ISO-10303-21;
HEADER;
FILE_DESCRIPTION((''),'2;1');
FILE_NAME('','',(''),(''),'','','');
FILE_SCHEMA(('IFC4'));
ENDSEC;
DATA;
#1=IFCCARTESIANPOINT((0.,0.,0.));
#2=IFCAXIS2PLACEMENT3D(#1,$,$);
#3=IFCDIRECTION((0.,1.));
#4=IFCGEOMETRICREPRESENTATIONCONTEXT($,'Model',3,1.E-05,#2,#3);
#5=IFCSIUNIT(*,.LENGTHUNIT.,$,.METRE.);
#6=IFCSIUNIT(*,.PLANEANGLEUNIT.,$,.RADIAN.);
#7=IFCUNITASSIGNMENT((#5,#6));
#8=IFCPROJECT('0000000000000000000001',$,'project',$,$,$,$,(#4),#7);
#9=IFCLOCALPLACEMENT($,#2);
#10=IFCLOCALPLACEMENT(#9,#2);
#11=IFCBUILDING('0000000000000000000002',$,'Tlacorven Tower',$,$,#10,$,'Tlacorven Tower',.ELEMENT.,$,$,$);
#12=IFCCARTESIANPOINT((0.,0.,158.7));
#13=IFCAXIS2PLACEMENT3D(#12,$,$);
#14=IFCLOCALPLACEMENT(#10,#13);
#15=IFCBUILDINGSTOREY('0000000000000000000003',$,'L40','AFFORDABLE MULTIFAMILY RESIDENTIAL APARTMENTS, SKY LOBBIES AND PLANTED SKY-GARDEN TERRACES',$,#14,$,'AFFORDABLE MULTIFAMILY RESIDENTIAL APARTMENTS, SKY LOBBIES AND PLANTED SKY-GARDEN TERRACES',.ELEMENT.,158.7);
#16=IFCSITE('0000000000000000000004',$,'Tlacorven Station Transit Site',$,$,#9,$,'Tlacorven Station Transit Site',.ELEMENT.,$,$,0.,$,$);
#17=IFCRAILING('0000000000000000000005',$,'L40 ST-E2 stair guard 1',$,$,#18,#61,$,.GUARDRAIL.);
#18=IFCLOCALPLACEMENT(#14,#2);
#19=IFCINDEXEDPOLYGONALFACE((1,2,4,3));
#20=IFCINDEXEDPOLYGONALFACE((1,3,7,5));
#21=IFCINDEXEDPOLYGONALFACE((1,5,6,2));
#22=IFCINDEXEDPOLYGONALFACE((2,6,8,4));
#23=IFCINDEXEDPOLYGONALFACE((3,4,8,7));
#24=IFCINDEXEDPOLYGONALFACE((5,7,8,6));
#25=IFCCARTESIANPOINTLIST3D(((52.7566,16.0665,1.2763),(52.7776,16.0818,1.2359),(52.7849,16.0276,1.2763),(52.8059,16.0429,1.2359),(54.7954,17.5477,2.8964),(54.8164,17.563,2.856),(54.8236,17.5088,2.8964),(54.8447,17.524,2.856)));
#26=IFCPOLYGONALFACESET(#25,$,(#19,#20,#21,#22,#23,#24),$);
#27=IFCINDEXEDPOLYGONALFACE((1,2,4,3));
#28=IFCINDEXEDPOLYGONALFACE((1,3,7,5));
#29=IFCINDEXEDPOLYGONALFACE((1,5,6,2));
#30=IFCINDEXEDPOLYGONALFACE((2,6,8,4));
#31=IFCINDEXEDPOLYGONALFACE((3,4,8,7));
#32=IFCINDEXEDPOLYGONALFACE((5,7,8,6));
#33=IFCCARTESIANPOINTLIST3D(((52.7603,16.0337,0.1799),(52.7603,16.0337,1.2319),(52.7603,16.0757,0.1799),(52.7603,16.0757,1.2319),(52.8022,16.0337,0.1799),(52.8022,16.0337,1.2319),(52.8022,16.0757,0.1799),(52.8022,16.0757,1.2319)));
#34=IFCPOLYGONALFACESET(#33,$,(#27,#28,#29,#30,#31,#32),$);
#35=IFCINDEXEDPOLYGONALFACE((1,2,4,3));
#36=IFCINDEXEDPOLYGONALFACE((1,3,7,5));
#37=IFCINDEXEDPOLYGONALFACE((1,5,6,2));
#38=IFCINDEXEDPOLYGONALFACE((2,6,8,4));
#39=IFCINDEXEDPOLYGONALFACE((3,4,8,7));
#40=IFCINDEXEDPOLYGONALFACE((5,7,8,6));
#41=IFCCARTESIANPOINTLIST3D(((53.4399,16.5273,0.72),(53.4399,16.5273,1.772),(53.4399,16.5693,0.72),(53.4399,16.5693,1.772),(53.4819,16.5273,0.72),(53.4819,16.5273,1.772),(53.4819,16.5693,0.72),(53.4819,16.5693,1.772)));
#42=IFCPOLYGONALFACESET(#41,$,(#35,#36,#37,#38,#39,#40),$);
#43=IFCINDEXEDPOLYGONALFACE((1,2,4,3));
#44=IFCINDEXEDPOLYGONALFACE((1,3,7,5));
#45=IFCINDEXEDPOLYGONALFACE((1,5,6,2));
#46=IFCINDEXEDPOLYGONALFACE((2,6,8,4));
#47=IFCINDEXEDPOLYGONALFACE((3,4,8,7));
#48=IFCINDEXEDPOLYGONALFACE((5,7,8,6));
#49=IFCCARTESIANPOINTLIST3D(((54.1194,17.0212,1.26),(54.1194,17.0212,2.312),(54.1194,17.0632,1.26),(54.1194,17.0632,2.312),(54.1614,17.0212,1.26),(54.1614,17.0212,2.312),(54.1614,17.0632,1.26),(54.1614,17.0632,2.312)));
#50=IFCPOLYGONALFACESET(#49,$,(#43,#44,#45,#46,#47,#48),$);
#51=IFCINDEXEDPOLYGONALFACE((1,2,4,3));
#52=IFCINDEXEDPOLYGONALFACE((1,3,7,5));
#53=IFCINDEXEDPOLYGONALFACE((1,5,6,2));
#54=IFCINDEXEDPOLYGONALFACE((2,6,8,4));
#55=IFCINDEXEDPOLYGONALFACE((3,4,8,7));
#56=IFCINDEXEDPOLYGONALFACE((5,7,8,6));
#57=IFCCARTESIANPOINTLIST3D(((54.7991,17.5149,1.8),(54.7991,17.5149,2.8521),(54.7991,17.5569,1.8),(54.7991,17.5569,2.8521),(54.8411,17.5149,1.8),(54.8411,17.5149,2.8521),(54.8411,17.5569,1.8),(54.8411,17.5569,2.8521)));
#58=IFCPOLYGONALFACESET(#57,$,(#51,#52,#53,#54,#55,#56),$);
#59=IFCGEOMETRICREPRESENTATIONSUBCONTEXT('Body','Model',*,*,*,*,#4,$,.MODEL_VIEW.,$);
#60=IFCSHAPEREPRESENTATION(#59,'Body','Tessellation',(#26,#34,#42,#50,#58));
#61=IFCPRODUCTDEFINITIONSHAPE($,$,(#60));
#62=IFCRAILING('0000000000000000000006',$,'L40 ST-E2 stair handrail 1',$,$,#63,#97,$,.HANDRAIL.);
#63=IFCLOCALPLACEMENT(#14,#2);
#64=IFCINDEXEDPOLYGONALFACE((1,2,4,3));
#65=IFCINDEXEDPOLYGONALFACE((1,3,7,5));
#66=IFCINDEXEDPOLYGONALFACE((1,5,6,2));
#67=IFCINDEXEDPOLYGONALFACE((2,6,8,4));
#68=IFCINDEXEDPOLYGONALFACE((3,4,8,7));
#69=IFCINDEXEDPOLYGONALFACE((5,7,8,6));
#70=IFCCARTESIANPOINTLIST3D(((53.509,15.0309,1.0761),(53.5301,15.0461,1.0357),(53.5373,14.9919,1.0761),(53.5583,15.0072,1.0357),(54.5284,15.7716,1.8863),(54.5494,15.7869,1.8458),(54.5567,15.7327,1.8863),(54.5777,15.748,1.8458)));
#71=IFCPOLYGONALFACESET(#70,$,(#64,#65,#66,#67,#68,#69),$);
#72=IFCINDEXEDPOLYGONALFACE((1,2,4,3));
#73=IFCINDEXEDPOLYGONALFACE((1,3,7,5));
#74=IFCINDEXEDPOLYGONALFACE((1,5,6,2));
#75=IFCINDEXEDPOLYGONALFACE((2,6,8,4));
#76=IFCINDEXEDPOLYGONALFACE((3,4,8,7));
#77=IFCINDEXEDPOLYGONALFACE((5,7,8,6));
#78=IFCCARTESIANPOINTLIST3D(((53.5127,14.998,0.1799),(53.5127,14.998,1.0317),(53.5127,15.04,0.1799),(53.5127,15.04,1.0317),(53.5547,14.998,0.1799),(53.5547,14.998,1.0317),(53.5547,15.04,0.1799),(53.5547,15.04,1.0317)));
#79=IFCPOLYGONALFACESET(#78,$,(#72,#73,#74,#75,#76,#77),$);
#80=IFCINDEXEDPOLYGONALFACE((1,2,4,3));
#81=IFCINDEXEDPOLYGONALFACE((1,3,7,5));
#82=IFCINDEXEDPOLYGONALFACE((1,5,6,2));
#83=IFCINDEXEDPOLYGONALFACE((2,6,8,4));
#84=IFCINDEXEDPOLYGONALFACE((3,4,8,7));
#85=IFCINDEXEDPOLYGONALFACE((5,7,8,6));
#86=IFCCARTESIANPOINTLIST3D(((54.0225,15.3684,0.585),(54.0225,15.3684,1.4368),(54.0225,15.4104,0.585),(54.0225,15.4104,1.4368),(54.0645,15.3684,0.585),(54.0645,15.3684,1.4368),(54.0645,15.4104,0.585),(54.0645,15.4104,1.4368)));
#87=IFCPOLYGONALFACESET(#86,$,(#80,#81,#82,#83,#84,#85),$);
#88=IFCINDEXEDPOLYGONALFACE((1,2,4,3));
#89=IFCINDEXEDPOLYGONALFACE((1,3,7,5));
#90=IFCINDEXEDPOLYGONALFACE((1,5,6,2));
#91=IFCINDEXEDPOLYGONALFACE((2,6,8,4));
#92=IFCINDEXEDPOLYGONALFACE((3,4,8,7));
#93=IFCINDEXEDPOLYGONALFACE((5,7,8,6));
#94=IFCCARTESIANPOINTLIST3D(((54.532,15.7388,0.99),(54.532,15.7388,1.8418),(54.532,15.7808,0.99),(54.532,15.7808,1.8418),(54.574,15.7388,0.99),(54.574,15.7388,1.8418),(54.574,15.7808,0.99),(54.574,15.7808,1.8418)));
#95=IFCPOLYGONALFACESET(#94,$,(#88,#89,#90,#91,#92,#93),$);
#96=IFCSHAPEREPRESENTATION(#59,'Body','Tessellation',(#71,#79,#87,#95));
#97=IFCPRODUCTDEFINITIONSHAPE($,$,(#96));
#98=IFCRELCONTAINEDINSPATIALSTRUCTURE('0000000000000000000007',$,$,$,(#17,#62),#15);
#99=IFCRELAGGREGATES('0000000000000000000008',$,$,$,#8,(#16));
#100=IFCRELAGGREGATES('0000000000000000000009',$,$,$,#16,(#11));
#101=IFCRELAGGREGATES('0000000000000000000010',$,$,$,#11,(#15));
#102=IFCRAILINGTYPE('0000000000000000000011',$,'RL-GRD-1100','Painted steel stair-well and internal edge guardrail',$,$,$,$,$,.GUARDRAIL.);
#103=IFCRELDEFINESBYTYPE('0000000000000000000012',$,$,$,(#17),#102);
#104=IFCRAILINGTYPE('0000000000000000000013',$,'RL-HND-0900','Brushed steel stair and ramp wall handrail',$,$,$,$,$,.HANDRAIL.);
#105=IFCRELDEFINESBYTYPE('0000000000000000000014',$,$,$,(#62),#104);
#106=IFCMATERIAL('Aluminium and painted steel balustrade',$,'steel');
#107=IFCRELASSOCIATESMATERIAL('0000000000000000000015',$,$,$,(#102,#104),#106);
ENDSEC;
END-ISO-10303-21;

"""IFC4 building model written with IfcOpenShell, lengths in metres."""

from ifc_helpers import new_model, si_unit, direction, frame, origin, origin_2d, place, context, subcontext, project, spatial, rectangle, extrude, source, transform, mapped, material, type_object, element, save


model = new_model("IFC4")

# Units and contexts
model_context = context("Model", 3, precision=1e-05, world=origin(), true_north=direction((0.0, 1.0)))
body_context = subcontext(model_context, "Body", "Model", "MODEL_VIEW")
ifc_project = project(units=[si_unit("LENGTHUNIT", "METRE"), si_unit("PLANEANGLEUNIT", "RADIAN")], contexts=[model_context])

# Site, building, storey
site_placement = place(None, origin())
site = spatial("IfcSite", under=ifc_project, at=site_placement, Name="Tlacorven Station Transit Site", LongName="Tlacorven Station Transit Site", CompositionType="ELEMENT", RefElevation=0.0)
building_placement = place(site_placement, origin())
building = spatial("IfcBuilding", under=site, at=building_placement, Name="Tlacorven Tower", LongName="Tlacorven Tower", CompositionType="ELEMENT")
storey_placement = place(building_placement, frame((0.0, 0.0, 158.7)))
storey = spatial("IfcBuildingStorey", under=building, at=storey_placement, Name="L40", Description="AFFORDABLE MULTIFAMILY RESIDENTIAL APARTMENTS, SKY LOBBIES AND PLANTED SKY-GARDEN TERRACES", LongName="AFFORDABLE MULTIFAMILY RESIDENTIAL APARTMENTS, SKY LOBBIES AND PLANTED SKY-GARDEN TERRACES", CompositionType="ELEMENT", Elevation=158.7)

# Railings
ifc_material_1 = material(Name="Aluminium and painted steel balustrade", Category="steel")
railing_type_1 = type_object("IfcRailingType", Name="RL-GRD-1100", Description="Painted steel stair-well and internal edge guardrail", PredefinedType="GUARDRAIL", material=ifc_material_1)
railing_type_2 = type_object("IfcRailingType", Name="RL-HND-0900", Description="Brushed steel stair and ramp wall handrail", PredefinedType="HANDRAIL", material=ifc_material_1)
shared_shape_1 = source(origin(), body_context, "Body", "SweptSolid", [
    extrude(rectangle(XDim=0.0481, YDim=0.0481, at=origin_2d()), frame((0.0, 0.0, 1.0762), z_axis=(0.680532, 0.494407, 0.540775), x_axis=(-0.587763, 0.809033, 0.0)), (0.0, 0.0, 1.0), 2.9958),
    extrude(rectangle(XDim=0.042, YDim=0.042, at=origin_2d()), origin(), (0.0, 0.0, 1.0), 1.052),
    extrude(rectangle(XDim=0.042, YDim=0.042, at=origin_2d()), frame((0.6797, 0.4937, 0.54)), (0.0, 0.0, 1.0), 1.052),
    extrude(rectangle(XDim=0.042, YDim=0.042, at=origin_2d()), frame((1.3591, 0.9875, 1.0801)), (0.0, 0.0, 1.0), 1.052),
    extrude(rectangle(XDim=0.042, YDim=0.042, at=origin_2d()), frame((2.0388, 1.4812, 1.6201)), (0.0, 0.0, 1.0), 1.052),
])
railing_1_placement = place(storey_placement, frame((52.7812, 16.0547, 0.1799)))
element("IfcRailing", 1, at=railing_1_placement, inside=storey, type_object=railing_type_1, Name="L40 ST-E2 stair guard 1", PredefinedType="GUARDRAIL", context=body_context, shape_type="MappedRepresentation", body=[
    mapped(shared_shape_1, transform((0.0, 0.0, 0.0), scale=1.0)),
])
shared_shape_2 = source(origin(), body_context, "Body", "SweptSolid", [
    extrude(rectangle(XDim=0.0481, YDim=0.0481, at=origin_2d()), frame((0.0, 0.0, 0.876), z_axis=(0.680461, 0.494496, 0.540783), x_axis=(-0.587872, 0.808954, 0.0)), (0.0, 0.0, 1.0), 1.498),
    extrude(rectangle(XDim=0.042, YDim=0.042, at=origin_2d()), origin(), (0.0, 0.0, 1.0), 0.8518),
    extrude(rectangle(XDim=0.042, YDim=0.042, at=origin_2d()), frame((0.5098, 0.3704, 0.405)), (0.0, 0.0, 1.0), 0.8518),
    extrude(rectangle(XDim=0.042, YDim=0.042, at=origin_2d()), frame((1.0193, 0.7407, 0.8101)), (0.0, 0.0, 1.0), 0.8518),
])
railing_2_placement = place(storey_placement, frame((53.5337, 15.019, 0.1799)))
element("IfcRailing", 2, at=railing_2_placement, inside=storey, type_object=railing_type_2, Name="L40 ST-E2 stair handrail 1", PredefinedType="HANDRAIL", context=body_context, shape_type="MappedRepresentation", body=[
    mapped(shared_shape_2, transform((0.0, 0.0, 0.0), scale=1.0)),
])

save(model, "model.ifc")
